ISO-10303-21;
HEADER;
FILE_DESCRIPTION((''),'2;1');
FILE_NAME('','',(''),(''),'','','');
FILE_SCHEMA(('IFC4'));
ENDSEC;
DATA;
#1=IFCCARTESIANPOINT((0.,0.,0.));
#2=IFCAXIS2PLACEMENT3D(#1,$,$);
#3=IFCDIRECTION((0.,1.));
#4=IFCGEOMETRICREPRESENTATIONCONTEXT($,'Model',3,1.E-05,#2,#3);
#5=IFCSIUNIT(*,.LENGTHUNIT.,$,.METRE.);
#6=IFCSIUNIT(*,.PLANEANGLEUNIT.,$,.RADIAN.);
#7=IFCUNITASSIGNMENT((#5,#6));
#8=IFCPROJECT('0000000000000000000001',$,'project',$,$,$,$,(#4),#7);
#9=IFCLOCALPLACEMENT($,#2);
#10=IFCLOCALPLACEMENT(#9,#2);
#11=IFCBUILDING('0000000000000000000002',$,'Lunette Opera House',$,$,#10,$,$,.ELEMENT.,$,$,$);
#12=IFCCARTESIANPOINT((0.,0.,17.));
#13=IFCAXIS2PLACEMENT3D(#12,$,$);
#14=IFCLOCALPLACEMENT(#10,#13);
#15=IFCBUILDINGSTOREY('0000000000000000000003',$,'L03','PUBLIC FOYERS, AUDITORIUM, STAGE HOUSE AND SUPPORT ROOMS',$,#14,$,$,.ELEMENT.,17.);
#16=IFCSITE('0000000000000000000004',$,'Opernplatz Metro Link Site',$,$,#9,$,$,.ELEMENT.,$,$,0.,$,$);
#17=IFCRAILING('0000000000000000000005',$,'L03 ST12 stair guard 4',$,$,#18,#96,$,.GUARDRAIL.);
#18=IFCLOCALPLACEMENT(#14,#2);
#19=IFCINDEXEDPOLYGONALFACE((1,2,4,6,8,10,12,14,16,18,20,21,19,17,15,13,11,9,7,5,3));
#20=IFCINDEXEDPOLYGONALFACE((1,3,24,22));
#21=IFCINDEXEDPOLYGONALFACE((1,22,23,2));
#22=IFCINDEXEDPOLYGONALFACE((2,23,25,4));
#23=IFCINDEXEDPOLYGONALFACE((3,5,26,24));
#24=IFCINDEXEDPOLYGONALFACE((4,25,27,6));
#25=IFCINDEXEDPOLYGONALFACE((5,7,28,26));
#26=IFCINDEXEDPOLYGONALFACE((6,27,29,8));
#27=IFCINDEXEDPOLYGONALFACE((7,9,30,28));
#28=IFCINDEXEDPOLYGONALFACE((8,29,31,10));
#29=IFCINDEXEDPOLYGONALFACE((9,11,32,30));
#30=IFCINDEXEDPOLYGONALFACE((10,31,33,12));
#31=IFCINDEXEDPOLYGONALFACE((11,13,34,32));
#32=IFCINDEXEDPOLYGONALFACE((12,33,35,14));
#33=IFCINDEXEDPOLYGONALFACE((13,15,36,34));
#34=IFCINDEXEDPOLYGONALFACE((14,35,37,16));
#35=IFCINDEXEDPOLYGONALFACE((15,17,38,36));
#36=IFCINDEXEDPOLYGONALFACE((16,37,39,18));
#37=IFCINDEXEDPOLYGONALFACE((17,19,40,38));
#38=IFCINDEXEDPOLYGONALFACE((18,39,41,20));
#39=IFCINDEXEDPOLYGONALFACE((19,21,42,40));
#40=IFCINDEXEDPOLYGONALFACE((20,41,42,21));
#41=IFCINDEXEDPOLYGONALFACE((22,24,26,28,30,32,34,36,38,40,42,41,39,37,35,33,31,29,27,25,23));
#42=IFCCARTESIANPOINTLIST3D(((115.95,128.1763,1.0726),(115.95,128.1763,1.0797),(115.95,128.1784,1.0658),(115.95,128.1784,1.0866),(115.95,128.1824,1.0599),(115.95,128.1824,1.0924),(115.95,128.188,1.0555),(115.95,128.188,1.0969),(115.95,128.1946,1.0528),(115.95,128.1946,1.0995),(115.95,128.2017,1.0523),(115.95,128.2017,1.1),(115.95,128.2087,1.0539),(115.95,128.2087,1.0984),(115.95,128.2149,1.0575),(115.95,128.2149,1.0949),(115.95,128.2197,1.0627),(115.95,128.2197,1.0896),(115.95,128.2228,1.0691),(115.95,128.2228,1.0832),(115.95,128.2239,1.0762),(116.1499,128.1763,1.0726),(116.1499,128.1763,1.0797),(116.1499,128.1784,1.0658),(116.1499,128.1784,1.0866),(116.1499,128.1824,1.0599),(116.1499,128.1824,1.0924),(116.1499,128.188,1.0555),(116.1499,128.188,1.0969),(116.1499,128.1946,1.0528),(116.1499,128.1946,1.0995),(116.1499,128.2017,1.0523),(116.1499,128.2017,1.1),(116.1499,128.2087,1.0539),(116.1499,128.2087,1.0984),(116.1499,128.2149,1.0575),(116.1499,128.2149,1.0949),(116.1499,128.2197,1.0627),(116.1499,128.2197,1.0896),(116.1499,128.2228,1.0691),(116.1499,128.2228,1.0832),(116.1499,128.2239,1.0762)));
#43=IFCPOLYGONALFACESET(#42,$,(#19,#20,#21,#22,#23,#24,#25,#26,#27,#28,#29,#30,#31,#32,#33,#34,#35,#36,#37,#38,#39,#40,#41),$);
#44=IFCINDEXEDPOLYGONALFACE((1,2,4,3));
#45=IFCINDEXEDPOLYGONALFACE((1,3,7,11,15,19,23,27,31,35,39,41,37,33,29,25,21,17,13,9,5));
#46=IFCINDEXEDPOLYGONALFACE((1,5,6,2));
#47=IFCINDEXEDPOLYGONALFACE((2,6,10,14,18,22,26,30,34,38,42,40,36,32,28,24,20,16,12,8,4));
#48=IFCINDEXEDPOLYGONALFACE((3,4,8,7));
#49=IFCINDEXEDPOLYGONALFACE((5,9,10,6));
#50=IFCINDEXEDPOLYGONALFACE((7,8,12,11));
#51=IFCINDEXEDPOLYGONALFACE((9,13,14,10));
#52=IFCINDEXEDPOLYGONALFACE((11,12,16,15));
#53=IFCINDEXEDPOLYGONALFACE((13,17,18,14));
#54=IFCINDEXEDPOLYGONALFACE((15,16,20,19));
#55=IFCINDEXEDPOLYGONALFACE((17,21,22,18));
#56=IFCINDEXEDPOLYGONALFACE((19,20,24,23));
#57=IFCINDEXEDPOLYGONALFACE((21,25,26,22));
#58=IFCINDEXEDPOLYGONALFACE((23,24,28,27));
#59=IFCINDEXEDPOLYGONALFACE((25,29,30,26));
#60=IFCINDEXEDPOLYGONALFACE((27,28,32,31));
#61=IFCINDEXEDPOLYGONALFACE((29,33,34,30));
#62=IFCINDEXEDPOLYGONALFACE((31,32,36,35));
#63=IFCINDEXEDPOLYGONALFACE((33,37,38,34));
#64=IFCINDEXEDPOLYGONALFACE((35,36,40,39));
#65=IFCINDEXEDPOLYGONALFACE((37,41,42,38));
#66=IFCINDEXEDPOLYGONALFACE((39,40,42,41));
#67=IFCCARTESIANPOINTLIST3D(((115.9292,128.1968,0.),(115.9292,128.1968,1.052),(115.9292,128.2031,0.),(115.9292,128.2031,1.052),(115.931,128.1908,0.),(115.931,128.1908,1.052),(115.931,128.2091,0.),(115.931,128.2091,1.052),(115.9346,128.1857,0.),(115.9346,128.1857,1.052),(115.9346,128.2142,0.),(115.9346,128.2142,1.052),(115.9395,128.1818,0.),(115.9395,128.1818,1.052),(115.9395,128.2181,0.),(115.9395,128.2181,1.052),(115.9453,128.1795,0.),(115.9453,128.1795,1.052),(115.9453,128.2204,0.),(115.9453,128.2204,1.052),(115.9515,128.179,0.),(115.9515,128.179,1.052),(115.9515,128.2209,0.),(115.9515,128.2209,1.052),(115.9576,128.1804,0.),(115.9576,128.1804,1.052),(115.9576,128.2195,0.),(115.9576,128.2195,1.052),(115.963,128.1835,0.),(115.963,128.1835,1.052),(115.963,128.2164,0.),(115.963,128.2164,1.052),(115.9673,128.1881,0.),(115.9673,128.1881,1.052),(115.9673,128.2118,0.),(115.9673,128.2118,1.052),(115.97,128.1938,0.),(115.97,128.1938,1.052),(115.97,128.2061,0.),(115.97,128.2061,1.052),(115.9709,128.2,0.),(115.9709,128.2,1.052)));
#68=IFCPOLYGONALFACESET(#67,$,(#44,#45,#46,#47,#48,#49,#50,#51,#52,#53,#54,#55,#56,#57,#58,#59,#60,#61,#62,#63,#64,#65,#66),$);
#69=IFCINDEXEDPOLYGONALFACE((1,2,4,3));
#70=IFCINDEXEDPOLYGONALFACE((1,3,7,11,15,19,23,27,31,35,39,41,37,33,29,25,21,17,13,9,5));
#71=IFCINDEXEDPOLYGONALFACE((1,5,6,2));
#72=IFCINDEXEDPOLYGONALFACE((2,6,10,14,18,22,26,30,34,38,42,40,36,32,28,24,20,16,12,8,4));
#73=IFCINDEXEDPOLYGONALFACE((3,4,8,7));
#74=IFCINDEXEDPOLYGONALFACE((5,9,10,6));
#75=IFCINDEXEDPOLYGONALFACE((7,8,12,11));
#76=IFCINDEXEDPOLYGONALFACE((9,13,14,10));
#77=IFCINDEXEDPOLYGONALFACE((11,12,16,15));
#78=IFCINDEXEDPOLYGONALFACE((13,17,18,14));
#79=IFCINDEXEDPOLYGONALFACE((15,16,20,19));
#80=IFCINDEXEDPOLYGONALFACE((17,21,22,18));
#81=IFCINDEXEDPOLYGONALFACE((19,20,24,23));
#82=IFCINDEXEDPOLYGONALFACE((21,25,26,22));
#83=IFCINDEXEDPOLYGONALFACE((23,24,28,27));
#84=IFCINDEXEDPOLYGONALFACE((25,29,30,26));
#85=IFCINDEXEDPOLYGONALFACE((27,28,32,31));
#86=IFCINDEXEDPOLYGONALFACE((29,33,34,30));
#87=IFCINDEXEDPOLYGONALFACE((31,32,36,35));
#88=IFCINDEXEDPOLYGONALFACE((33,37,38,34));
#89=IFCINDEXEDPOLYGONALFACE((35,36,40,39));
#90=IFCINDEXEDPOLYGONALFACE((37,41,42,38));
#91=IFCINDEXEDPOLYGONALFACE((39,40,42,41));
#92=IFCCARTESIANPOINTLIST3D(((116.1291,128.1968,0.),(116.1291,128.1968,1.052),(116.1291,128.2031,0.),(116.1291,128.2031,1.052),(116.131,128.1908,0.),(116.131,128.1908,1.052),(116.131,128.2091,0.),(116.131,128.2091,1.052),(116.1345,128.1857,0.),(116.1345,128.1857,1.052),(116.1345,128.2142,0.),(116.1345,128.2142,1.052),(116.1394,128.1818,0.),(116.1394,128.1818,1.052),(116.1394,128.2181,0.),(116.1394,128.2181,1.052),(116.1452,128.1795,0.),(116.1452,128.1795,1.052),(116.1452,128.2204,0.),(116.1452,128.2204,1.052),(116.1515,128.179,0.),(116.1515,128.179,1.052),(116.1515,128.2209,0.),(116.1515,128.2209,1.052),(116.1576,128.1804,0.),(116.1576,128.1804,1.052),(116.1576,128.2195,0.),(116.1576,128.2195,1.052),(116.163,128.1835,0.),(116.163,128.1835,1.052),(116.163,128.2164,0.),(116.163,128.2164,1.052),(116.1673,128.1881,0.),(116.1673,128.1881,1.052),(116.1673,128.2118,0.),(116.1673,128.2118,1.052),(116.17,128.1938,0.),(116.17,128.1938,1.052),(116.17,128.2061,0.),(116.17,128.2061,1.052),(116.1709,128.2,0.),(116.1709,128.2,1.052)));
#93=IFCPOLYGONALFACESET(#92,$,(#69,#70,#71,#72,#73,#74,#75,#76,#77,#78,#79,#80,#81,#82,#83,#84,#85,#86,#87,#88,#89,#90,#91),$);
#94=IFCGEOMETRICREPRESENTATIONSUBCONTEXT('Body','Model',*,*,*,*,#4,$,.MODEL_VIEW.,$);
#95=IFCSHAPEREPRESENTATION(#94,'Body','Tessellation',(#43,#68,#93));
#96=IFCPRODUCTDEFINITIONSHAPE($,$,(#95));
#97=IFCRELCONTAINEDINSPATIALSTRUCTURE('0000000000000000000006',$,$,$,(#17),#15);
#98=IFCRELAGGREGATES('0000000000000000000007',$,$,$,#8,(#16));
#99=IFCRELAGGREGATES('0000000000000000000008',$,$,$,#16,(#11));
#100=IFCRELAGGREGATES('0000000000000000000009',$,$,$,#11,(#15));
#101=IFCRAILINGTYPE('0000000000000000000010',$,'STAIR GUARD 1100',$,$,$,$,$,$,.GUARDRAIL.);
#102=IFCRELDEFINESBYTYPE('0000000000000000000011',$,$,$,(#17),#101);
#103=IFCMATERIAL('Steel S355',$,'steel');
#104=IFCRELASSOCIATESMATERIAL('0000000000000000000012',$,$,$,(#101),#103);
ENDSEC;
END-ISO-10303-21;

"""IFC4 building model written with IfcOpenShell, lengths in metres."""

from ifc_helpers import new_model, si_unit, direction, frame, origin, origin_2d, place, context, subcontext, project, spatial, circle, extrude, material, type_object, element, save


model = new_model("IFC4")

# Units and contexts
model_context = context("Model", 3, precision=1e-05, world=origin(), true_north=direction((0.0, 1.0)))
body_context = subcontext(model_context, "Body", "Model", "MODEL_VIEW")
ifc_project = project(units=[si_unit("LENGTHUNIT", "METRE"), si_unit("PLANEANGLEUNIT", "RADIAN")], contexts=[model_context])

# Site, building, storey
site_placement = place(None, origin())
site = spatial("IfcSite", under=ifc_project, at=site_placement, Name="Opernplatz Metro Link Site", CompositionType="ELEMENT", RefElevation=0.0)
building_placement = place(site_placement, origin())
building = spatial("IfcBuilding", under=site, at=building_placement, Name="Lunette Opera House", CompositionType="ELEMENT")
storey_placement = place(building_placement, frame((0.0, 0.0, 17.0)))
storey = spatial("IfcBuildingStorey", under=building, at=storey_placement, Name="L03", Description="PUBLIC FOYERS, AUDITORIUM, STAGE HOUSE AND SUPPORT ROOMS", CompositionType="ELEMENT", Elevation=17.0)

# Railing
ifc_material_1 = material(Name="Steel S355", Category="steel")
railing_type_1 = type_object("IfcRailingType", Name="STAIR GUARD 1100", PredefinedType="GUARDRAIL", material=ifc_material_1)
railing_1_placement = place(storey_placement, frame((115.95, 128.2, 0.0)))
element("IfcRailing", 1, at=railing_1_placement, inside=storey, type_object=railing_type_1, Name="L03 ST12 stair guard 4", PredefinedType="GUARDRAIL", context=body_context, shape_type="SweptSolid", body=[
    extrude(circle(Radius=0.0239, at=origin_2d()), frame((0.0, 0.0, 1.0762), z_axis=(1.0, 0.0, 0.0), x_axis=(0.0, 1.0, 0.0)), (0.0, 0.0, 1.0), 0.2),
    extrude(circle(Radius=0.021, at=origin_2d()), origin(), (0.0, 0.0, 1.0), 1.052),
    extrude(circle(Radius=0.021, at=origin_2d()), frame((0.2, 0.0, 0.0)), (0.0, 0.0, 1.0), 1.052),
])

save(model, "model.ifc")
